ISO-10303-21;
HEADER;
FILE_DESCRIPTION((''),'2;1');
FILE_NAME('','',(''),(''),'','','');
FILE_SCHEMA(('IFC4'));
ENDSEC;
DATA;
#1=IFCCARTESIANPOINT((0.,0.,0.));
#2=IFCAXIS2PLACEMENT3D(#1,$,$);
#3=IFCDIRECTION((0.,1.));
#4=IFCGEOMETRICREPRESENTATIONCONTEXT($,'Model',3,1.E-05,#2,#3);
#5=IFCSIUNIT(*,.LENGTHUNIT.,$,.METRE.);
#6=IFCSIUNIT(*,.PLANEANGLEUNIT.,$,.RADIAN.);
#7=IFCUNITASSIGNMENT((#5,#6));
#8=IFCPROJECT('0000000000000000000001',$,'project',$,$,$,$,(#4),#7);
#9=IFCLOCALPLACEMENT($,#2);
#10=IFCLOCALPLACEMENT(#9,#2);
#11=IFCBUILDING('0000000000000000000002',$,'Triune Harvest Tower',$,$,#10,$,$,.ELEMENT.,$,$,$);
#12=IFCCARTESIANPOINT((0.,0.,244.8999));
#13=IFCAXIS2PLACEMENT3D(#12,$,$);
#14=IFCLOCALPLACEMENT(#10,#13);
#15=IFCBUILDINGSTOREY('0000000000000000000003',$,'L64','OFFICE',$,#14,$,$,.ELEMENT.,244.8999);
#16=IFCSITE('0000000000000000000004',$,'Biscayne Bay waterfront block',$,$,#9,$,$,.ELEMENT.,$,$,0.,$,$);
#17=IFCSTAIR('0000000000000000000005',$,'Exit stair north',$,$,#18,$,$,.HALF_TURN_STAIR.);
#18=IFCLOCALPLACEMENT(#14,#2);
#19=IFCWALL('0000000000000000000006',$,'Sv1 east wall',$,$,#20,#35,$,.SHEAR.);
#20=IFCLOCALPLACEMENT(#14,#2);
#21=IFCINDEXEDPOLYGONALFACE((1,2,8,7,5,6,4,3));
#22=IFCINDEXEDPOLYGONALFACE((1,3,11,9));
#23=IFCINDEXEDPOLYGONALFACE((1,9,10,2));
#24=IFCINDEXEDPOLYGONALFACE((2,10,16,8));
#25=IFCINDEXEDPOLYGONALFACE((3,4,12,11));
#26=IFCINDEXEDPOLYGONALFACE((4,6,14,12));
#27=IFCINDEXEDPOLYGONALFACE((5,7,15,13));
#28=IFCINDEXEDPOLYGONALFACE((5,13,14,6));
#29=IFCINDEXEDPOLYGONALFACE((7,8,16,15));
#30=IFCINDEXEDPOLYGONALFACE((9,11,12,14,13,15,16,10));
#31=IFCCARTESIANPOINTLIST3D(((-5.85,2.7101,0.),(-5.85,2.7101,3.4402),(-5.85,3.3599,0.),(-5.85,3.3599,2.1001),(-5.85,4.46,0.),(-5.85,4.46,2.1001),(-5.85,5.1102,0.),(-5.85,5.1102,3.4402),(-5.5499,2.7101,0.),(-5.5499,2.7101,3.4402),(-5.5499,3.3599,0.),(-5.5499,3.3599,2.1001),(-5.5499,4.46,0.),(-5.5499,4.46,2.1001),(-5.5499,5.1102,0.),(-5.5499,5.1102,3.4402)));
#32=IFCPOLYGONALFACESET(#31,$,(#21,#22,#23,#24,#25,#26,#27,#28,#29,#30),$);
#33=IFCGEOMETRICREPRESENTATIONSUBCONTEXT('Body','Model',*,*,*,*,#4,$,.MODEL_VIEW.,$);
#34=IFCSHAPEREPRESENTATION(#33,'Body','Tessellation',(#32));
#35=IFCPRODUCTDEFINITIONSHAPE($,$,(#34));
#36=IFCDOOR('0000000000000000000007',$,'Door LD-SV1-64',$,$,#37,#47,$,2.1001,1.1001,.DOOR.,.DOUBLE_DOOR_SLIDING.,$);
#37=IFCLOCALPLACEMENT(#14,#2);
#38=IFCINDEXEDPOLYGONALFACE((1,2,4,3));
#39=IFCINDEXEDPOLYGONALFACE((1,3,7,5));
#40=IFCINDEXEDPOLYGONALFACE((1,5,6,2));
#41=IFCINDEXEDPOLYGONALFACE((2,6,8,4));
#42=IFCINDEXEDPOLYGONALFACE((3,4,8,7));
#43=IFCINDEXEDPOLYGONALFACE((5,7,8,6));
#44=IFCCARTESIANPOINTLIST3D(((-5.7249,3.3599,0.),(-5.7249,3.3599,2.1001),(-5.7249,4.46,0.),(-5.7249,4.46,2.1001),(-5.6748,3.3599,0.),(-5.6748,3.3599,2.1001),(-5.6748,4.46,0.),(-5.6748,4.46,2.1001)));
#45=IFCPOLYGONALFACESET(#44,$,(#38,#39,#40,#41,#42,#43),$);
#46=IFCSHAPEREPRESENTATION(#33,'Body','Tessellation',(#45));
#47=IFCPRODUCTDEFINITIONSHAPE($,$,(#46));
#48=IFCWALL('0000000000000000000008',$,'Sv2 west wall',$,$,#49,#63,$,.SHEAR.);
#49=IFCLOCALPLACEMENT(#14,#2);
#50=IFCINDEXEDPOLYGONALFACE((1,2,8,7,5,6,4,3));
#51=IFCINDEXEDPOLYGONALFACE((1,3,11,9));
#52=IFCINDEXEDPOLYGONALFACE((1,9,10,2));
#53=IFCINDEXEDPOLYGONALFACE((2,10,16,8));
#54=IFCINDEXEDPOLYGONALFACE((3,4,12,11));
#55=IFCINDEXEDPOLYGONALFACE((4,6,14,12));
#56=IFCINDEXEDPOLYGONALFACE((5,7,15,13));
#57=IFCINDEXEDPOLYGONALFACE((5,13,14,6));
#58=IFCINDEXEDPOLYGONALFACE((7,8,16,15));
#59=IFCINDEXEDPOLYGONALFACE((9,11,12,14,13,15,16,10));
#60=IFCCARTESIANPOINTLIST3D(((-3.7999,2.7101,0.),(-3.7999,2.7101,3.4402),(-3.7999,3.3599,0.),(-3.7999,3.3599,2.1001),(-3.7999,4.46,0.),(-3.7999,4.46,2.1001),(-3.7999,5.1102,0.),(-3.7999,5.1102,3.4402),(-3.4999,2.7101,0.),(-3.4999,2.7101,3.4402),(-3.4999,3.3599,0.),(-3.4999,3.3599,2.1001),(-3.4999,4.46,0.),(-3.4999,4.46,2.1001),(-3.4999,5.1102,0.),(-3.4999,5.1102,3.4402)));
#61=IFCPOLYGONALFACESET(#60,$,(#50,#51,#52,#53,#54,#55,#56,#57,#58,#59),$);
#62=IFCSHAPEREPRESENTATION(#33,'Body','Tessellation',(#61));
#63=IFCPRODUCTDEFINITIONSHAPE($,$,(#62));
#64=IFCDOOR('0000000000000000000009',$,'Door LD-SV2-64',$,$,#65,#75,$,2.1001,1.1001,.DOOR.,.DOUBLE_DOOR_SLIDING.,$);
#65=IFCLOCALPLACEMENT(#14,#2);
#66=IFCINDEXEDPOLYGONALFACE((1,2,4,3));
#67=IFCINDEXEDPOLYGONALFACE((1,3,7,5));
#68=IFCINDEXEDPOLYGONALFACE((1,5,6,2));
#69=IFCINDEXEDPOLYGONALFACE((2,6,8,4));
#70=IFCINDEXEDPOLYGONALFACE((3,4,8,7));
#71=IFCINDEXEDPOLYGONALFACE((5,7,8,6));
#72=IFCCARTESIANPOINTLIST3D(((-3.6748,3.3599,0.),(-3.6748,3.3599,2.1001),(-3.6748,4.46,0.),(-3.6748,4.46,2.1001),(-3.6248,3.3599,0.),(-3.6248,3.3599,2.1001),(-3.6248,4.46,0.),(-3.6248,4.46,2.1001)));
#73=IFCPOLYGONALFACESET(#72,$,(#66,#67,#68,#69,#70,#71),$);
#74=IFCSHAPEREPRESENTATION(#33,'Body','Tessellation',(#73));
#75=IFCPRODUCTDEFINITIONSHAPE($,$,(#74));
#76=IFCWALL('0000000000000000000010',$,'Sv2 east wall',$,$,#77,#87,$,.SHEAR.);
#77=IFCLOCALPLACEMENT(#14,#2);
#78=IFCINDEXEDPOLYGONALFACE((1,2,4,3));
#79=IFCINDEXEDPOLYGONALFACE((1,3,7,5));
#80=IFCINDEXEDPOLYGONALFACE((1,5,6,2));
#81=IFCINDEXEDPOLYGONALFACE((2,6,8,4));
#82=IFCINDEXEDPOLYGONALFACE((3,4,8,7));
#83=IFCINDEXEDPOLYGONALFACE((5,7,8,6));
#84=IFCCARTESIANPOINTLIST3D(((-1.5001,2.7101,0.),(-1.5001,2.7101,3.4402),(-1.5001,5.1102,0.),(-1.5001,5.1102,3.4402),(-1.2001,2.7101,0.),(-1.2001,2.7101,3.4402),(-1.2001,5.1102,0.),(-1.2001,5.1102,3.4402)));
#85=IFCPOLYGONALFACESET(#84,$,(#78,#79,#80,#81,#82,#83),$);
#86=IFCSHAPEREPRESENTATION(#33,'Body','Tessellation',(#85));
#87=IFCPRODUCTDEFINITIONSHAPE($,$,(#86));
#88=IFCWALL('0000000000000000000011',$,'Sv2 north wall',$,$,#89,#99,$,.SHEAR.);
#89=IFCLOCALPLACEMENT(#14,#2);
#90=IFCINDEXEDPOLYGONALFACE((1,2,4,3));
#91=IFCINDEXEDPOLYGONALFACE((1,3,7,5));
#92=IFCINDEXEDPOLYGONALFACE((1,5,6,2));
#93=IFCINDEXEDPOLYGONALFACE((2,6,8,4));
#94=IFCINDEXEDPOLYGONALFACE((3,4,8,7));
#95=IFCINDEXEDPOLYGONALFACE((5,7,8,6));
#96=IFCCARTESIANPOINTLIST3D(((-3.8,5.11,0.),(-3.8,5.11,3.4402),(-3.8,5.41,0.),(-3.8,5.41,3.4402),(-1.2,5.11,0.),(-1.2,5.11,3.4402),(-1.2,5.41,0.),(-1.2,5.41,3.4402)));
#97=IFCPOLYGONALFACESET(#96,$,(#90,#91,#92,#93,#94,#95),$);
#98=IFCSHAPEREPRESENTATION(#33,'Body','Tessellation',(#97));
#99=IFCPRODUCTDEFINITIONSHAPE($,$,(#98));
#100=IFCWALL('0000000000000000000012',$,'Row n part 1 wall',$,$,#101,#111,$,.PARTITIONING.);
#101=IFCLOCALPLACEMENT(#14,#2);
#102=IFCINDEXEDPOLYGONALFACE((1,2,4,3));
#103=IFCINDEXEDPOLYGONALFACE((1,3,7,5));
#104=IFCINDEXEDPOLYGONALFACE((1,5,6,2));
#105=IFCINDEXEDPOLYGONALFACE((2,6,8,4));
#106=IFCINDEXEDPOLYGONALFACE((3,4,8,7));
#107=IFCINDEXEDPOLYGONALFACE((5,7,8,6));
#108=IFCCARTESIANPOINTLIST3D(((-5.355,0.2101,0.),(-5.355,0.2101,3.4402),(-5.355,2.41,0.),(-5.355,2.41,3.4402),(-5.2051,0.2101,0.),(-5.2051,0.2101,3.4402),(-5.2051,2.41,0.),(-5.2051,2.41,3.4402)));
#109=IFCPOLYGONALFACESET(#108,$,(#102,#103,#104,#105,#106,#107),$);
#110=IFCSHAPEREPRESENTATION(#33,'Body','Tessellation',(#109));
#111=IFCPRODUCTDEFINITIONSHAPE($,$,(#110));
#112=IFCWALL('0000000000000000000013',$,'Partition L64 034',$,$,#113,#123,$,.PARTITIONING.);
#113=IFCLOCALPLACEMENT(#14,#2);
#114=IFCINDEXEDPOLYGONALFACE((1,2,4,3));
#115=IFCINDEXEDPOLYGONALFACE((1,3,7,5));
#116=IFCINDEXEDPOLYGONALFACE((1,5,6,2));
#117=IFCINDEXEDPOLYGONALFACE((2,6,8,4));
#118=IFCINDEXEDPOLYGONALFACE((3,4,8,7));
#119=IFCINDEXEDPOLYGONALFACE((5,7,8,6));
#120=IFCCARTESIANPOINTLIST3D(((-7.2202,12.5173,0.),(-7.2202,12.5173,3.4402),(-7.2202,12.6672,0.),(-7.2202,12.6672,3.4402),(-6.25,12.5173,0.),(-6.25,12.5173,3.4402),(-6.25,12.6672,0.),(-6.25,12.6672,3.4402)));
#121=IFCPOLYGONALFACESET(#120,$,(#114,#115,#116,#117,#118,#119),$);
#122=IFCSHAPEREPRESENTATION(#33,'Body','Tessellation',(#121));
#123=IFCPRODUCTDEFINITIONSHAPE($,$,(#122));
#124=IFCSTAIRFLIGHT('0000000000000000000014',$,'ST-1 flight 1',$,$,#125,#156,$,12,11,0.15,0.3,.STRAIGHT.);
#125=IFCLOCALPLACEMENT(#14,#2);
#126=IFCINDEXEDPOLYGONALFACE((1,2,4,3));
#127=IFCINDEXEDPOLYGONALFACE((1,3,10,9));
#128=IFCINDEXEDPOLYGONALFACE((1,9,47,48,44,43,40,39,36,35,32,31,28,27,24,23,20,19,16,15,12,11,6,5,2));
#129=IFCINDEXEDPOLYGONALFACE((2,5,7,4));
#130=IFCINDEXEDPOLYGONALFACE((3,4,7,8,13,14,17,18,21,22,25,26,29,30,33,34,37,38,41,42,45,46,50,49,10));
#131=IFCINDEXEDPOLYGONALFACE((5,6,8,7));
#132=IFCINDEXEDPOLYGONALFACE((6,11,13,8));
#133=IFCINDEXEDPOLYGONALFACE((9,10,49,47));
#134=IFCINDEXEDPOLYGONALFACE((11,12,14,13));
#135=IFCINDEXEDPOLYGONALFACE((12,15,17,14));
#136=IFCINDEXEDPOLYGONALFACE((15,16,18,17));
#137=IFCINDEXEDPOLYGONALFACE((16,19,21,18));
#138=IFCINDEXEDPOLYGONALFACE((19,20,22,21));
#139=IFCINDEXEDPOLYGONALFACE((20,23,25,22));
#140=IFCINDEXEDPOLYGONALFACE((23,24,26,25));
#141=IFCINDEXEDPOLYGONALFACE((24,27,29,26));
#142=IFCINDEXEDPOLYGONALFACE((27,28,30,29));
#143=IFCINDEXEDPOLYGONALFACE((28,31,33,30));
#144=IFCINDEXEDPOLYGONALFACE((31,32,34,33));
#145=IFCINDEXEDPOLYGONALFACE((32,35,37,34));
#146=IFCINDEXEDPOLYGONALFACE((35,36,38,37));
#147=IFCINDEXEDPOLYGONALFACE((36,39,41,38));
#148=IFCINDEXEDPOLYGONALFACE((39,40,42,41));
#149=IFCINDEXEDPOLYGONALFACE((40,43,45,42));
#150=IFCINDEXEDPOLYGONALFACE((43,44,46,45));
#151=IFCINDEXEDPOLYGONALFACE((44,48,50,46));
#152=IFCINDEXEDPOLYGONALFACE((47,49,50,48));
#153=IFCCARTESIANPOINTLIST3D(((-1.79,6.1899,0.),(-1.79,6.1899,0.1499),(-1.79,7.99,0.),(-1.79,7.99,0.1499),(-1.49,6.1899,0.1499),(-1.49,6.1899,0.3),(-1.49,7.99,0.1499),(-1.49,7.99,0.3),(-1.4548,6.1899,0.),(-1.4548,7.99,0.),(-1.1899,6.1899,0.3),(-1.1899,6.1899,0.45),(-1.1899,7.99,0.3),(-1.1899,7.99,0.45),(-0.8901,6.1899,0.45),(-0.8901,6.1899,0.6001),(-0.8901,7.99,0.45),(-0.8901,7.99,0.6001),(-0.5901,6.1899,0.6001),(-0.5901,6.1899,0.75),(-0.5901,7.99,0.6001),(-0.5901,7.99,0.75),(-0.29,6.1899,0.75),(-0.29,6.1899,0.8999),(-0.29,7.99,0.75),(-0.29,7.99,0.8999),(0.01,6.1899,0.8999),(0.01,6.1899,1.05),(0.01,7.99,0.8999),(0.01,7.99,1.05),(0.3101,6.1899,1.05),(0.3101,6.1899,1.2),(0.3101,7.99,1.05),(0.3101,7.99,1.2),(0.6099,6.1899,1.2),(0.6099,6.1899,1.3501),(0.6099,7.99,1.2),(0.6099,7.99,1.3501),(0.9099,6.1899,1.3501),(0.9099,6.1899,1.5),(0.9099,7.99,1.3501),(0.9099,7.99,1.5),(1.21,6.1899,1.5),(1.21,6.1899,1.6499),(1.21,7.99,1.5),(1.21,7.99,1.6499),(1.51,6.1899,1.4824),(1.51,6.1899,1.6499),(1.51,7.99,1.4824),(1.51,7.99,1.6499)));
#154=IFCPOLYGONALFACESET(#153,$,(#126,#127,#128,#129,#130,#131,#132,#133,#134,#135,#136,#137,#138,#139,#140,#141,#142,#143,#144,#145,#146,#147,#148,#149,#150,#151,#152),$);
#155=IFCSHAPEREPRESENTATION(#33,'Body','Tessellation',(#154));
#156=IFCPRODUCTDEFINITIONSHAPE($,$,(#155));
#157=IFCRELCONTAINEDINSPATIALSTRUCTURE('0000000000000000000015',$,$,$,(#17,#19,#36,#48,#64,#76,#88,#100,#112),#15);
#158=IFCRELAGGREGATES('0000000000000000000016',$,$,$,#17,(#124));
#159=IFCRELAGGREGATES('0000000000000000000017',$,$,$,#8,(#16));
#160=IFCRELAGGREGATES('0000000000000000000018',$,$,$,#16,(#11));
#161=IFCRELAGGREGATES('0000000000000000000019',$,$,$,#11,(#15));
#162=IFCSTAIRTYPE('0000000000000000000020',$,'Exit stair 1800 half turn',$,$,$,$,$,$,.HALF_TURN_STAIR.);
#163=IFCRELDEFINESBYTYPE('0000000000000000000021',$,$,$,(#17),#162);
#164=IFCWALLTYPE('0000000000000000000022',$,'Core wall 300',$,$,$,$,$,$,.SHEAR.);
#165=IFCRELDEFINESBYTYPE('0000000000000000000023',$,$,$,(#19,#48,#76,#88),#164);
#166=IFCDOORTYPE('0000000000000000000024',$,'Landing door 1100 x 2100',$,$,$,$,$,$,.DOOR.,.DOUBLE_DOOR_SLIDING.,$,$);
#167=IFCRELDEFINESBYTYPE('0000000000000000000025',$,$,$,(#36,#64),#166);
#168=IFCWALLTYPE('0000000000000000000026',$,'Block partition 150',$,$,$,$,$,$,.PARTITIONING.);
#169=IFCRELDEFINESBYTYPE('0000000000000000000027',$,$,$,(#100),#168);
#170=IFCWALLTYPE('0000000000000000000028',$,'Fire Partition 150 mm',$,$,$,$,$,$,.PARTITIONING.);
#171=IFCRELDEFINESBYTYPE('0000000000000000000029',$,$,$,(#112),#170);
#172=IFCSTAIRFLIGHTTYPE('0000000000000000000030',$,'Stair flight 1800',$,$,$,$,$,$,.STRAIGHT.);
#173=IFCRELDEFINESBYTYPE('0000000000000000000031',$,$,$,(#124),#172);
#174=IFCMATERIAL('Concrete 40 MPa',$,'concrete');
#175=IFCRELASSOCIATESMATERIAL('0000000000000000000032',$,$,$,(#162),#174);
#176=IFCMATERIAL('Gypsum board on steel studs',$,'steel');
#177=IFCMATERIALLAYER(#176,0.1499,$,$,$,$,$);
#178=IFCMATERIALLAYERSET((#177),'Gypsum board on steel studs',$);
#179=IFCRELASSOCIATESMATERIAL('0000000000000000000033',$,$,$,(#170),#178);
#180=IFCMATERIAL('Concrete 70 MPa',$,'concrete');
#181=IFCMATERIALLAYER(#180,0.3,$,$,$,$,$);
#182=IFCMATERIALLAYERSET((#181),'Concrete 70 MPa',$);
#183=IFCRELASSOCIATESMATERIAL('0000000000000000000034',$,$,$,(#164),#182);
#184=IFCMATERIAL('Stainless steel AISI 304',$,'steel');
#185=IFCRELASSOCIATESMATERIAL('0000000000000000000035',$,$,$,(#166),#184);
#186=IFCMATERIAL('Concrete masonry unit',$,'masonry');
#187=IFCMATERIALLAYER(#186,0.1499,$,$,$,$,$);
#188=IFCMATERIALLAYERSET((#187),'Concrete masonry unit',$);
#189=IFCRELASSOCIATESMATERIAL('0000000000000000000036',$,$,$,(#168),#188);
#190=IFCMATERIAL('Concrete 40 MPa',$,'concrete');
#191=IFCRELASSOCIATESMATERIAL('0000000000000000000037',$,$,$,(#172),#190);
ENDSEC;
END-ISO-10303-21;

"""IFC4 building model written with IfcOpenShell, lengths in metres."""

from ifc_helpers import new_model, si_unit, direction, frame, frame_2d, origin, place, context, subcontext, project, spatial, polyline, rectangle, outline, extrude, source, transform, mapped, material, layer, layer_set, type_object, element, fill, aggregate, save


model = new_model("IFC4")

# Units and contexts
model_context = context("Model", 3, precision=1e-05, world=origin(), true_north=direction((0.0, 1.0)))
body_context = subcontext(model_context, "Body", "Model", "MODEL_VIEW")
ifc_project = project(units=[si_unit("LENGTHUNIT", "METRE"), si_unit("PLANEANGLEUNIT", "RADIAN")], contexts=[model_context])

# Site, building, storey
site_placement = place(None, origin())
site = spatial("IfcSite", under=ifc_project, at=site_placement, Name="Biscayne Bay waterfront block", CompositionType="ELEMENT", RefElevation=0.0)
building_placement = place(site_placement, origin())
building = spatial("IfcBuilding", under=site, at=building_placement, Name="Triune Harvest Tower", CompositionType="ELEMENT")
storey_placement = place(building_placement, frame((0.0, 0.0, 244.8999)))
storey = spatial("IfcBuildingStorey", under=building, at=storey_placement, Name="L64", Description="OFFICE", CompositionType="ELEMENT", Elevation=244.8999)

# Stair
ifc_material_1 = material(Name="Concrete 40 MPa", Category="concrete")
stair_type = type_object("IfcStairType", Name="Exit stair 1800 half turn", PredefinedType="HALF_TURN_STAIR", material=ifc_material_1)
stair_1_placement = place(storey_placement, origin())
stair_1 = element("IfcStair", 1, at=stair_1_placement, inside=storey, type_object=stair_type, Name="Exit stair north", PredefinedType="HALF_TURN_STAIR")

# Shared definitions
ifc_material_2 = material(Name="Gypsum board on steel studs", Category="steel")
ifc_layer_1 = layer(ifc_material_2, 0.1499)
ifc_layer_set_1 = layer_set([ifc_layer_1], Name="Gypsum board on steel studs")
wall_type_1 = type_object("IfcWallType", Name="Fire Partition 150 mm", PredefinedType="PARTITIONING", material=ifc_layer_set_1)

# Shared definitions
ifc_material_3 = material(Name="Concrete 70 MPa", Category="concrete")
ifc_layer_2 = layer(ifc_material_3, 0.3)
ifc_layer_set_2 = layer_set([ifc_layer_2], Name="Concrete 70 MPa")
wall_type_2 = type_object("IfcWallType", Name="Core wall 300", PredefinedType="SHEAR", material=ifc_layer_set_2)

# Shared definitions
shared_shape_1 = source(origin(), body_context, "Body", "SweptSolid", [
    extrude(rectangle(XDim=2.4001, YDim=0.3, at=frame_2d((1.2002, 0.0))), origin(), (0.0, 0.0, 1.0), 3.4402),
])

# Walls, openings, doors
wall_1_placement = place(storey_placement, frame((-5.7, 2.71, 0.0), z_axis=(0.0, 0.0, 1.0), x_axis=(0.0, 1.0, 0.0)))
wall_1 = element("IfcWall", 2, at=wall_1_placement, inside=storey, type_object=wall_type_2, Name="Sv1 east wall", PredefinedType="SHEAR", context=body_context, shape_type="MappedRepresentation", body=[
    mapped(shared_shape_1, transform((0.0, 0.0, 0.0), scale=1.0)),
])
opening_1_placement = place(wall_1_placement, frame((0.6499, 0.0, 0.0)))
opening_1 = element("IfcOpeningElement", 3, at=opening_1_placement, cuts=wall_1, PredefinedType="OPENING", context=body_context, shape_type="SweptSolid", body=[
    extrude(rectangle(XDim=1.1001, YDim=2.1001, at=frame_2d((0.55, 1.05))), frame((0.0, 0.1602, 0.0), z_axis=(0.0, -1.0, 0.0), x_axis=(1.0, 0.0, 0.0)), (0.0, 0.0, 1.0), 0.3201),
])
ifc_material_4 = material(Name="Stainless steel AISI 304", Category="steel")
door_type_1 = type_object("IfcDoorType", Name="Landing door 1100 x 2100", OperationType="DOUBLE_DOOR_SLIDING", PredefinedType="DOOR", material=ifc_material_4)
door_1_placement = place(opening_1_placement, origin())
door_1 = element("IfcDoor", 4, at=door_1_placement, inside=storey, type_object=door_type_1, Name="Door LD-SV1-64", OperationType="DOUBLE_DOOR_SLIDING", OverallHeight=2.1001, OverallWidth=1.1001, PredefinedType="DOOR", context=body_context, shape_type="SweptSolid", body=[
    extrude(rectangle(XDim=1.1001, YDim=2.1001, at=frame_2d((0.55, 1.05))), frame((0.0, 0.0249, 0.0), z_axis=(0.0, -1.0, 0.0), x_axis=(1.0, 0.0, 0.0)), (0.0, 0.0, 1.0), 0.05),
])
fill(opening_1, door_1)
wall_2_placement = place(storey_placement, frame((-3.6499, 2.71, 0.0), z_axis=(0.0, 0.0, 1.0), x_axis=(0.0, 1.0, 0.0)))
wall_2 = element("IfcWall", 5, at=wall_2_placement, inside=storey, type_object=wall_type_2, Name="Sv2 west wall", PredefinedType="SHEAR", context=body_context, shape_type="MappedRepresentation", body=[
    mapped(shared_shape_1, transform((0.0, 0.0, 0.0), scale=1.0)),
])
opening_2_placement = place(wall_2_placement, frame((0.6499, 0.0, 0.0)))
opening_2 = element("IfcOpeningElement", 6, at=opening_2_placement, cuts=wall_2, PredefinedType="OPENING", context=body_context, shape_type="SweptSolid", body=[
    extrude(rectangle(XDim=1.1001, YDim=2.1001, at=frame_2d((0.55, 1.05))), frame((0.0, 0.1602, 0.0), z_axis=(0.0, -1.0, 0.0), x_axis=(1.0, 0.0, 0.0)), (0.0, 0.0, 1.0), 0.3201),
])
door_2_placement = place(opening_2_placement, origin())
door_2 = element("IfcDoor", 7, at=door_2_placement, inside=storey, type_object=door_type_1, Name="Door LD-SV2-64", OperationType="DOUBLE_DOOR_SLIDING", OverallHeight=2.1001, OverallWidth=1.1001, PredefinedType="DOOR", context=body_context, shape_type="SweptSolid", body=[
    extrude(rectangle(XDim=1.1001, YDim=2.1001, at=frame_2d((0.55, 1.05))), frame((0.0, 0.0249, 0.0), z_axis=(0.0, -1.0, 0.0), x_axis=(1.0, 0.0, 0.0)), (0.0, 0.0, 1.0), 0.05),
])
fill(opening_2, door_2)

# Walls
wall_3_placement = place(storey_placement, frame((-1.3501, 2.71, 0.0), z_axis=(0.0, 0.0, 1.0), x_axis=(0.0, 1.0, 0.0)))
element("IfcWall", 8, at=wall_3_placement, inside=storey, type_object=wall_type_2, Name="Sv2 east wall", PredefinedType="SHEAR", context=body_context, shape_type="MappedRepresentation", body=[
    mapped(shared_shape_1, transform((0.0, 0.0, 0.0), scale=1.0)),
])
shared_shape_2 = source(origin(), body_context, "Body", "SweptSolid", [
    extrude(rectangle(XDim=2.6001, YDim=0.3, at=frame_2d((1.3, 0.0))), origin(), (0.0, 0.0, 1.0), 3.4402),
])
wall_4_placement = place(storey_placement, frame((-3.8, 5.26, 0.0), z_axis=(0.0, 0.0, 1.0), x_axis=(1.0, 0.0, 0.0)))
element("IfcWall", 9, at=wall_4_placement, inside=storey, type_object=wall_type_2, Name="Sv2 north wall", PredefinedType="SHEAR", context=body_context, shape_type="MappedRepresentation", body=[
    mapped(shared_shape_2, transform((0.0, 0.0, 0.0), scale=1.0)),
])
ifc_material_5 = material(Name="Concrete masonry unit", Category="masonry")
ifc_layer_3 = layer(ifc_material_5, 0.1499)
ifc_layer_set_3 = layer_set([ifc_layer_3], Name="Concrete masonry unit")
wall_type_3 = type_object("IfcWallType", Name="Block partition 150", PredefinedType="PARTITIONING", material=ifc_layer_set_3)
shared_shape_3 = source(origin(), body_context, "Body", "SweptSolid", [
    extrude(rectangle(XDim=2.2, YDim=0.1499, at=frame_2d((1.1001, 0.0))), origin(), (0.0, 0.0, 1.0), 3.4402),
])
wall_5_placement = place(storey_placement, frame((-5.28, 0.21, 0.0), z_axis=(0.0, 0.0, 1.0), x_axis=(0.0, 1.0, 0.0)))
element("IfcWall", 10, at=wall_5_placement, inside=storey, type_object=wall_type_3, Name="Row n part 1 wall", PredefinedType="PARTITIONING", context=body_context, shape_type="MappedRepresentation", body=[
    mapped(shared_shape_3, transform((0.0, 0.0, 0.0), scale=1.0)),
])
shared_shape_4 = source(origin(), body_context, "Body", "SweptSolid", [
    extrude(rectangle(XDim=0.9702, YDim=0.1499, at=frame_2d((0.4851, 0.0))), origin(), (0.0, 0.0, 1.0), 3.4402),
])
wall_6_placement = place(storey_placement, frame((-7.2202, 12.5923, 0.0), z_axis=(0.0, 0.0, 1.0), x_axis=(1.0, 0.0, 0.0)))
element("IfcWall", 11, at=wall_6_placement, inside=storey, type_object=wall_type_1, Name="Partition L64 034", PredefinedType="PARTITIONING", context=body_context, shape_type="MappedRepresentation", body=[
    mapped(shared_shape_4, transform((0.0, 0.0, 0.0), scale=1.0)),
])

# Stair flight
ifc_material_6 = material(Name="Concrete 40 MPa", Category="concrete")
stair_flight_type = type_object("IfcStairFlightType", Name="Stair flight 1800", PredefinedType="STRAIGHT", material=ifc_material_6)
shared_shape_5 = source(origin(), body_context, "Body", "SweptSolid", [
    extrude(outline(polyline([(0.0, 0.0), (0.0, 0.1499), (0.3, 0.1499), (0.3, 0.3), (0.6001, 0.3), (0.6001, 0.45), (0.8999, 0.45), (0.8999, 0.6001), (1.2, 0.6001), (1.2, 0.75), (1.5, 0.75), (1.5, 0.8999), (1.8, 0.8999), (1.8, 1.05), (2.1001, 1.05), (2.1001, 1.2), (2.3999, 1.2), (2.3999, 1.3501), (2.7, 1.3501), (2.7, 1.5), (3.0, 1.5), (3.0, 1.6499), (3.3, 1.6499), (3.3, 1.8), (3.3, 1.4824), (0.3352, 0.0), (0.0, 0.0)])), frame((0.0, 0.8999, 0.0), z_axis=(0.0, -1.0, 0.0), x_axis=(1.0, 0.0, 0.0)), (0.0, 0.0, 1.0), 1.8),
])
stair_flight_placement = place(storey_placement, frame((-1.79, 7.0901, 0.0), z_axis=(0.0, 0.0, 1.0), x_axis=(1.0, 0.0, 0.0)))
stair_flight = element("IfcStairFlight", 12, at=stair_flight_placement, type_object=stair_flight_type, Name="ST-1 flight 1", NumberOfRisers=12, NumberOfTreads=11, PredefinedType="STRAIGHT", RiserHeight=0.15, TreadLength=0.3, context=body_context, shape_type="MappedRepresentation", body=[
    mapped(shared_shape_5, transform((0.0, 0.0, 0.0), scale=1.0)),
])
aggregate(stair_1, [stair_flight])

save(model, "model.ifc")
